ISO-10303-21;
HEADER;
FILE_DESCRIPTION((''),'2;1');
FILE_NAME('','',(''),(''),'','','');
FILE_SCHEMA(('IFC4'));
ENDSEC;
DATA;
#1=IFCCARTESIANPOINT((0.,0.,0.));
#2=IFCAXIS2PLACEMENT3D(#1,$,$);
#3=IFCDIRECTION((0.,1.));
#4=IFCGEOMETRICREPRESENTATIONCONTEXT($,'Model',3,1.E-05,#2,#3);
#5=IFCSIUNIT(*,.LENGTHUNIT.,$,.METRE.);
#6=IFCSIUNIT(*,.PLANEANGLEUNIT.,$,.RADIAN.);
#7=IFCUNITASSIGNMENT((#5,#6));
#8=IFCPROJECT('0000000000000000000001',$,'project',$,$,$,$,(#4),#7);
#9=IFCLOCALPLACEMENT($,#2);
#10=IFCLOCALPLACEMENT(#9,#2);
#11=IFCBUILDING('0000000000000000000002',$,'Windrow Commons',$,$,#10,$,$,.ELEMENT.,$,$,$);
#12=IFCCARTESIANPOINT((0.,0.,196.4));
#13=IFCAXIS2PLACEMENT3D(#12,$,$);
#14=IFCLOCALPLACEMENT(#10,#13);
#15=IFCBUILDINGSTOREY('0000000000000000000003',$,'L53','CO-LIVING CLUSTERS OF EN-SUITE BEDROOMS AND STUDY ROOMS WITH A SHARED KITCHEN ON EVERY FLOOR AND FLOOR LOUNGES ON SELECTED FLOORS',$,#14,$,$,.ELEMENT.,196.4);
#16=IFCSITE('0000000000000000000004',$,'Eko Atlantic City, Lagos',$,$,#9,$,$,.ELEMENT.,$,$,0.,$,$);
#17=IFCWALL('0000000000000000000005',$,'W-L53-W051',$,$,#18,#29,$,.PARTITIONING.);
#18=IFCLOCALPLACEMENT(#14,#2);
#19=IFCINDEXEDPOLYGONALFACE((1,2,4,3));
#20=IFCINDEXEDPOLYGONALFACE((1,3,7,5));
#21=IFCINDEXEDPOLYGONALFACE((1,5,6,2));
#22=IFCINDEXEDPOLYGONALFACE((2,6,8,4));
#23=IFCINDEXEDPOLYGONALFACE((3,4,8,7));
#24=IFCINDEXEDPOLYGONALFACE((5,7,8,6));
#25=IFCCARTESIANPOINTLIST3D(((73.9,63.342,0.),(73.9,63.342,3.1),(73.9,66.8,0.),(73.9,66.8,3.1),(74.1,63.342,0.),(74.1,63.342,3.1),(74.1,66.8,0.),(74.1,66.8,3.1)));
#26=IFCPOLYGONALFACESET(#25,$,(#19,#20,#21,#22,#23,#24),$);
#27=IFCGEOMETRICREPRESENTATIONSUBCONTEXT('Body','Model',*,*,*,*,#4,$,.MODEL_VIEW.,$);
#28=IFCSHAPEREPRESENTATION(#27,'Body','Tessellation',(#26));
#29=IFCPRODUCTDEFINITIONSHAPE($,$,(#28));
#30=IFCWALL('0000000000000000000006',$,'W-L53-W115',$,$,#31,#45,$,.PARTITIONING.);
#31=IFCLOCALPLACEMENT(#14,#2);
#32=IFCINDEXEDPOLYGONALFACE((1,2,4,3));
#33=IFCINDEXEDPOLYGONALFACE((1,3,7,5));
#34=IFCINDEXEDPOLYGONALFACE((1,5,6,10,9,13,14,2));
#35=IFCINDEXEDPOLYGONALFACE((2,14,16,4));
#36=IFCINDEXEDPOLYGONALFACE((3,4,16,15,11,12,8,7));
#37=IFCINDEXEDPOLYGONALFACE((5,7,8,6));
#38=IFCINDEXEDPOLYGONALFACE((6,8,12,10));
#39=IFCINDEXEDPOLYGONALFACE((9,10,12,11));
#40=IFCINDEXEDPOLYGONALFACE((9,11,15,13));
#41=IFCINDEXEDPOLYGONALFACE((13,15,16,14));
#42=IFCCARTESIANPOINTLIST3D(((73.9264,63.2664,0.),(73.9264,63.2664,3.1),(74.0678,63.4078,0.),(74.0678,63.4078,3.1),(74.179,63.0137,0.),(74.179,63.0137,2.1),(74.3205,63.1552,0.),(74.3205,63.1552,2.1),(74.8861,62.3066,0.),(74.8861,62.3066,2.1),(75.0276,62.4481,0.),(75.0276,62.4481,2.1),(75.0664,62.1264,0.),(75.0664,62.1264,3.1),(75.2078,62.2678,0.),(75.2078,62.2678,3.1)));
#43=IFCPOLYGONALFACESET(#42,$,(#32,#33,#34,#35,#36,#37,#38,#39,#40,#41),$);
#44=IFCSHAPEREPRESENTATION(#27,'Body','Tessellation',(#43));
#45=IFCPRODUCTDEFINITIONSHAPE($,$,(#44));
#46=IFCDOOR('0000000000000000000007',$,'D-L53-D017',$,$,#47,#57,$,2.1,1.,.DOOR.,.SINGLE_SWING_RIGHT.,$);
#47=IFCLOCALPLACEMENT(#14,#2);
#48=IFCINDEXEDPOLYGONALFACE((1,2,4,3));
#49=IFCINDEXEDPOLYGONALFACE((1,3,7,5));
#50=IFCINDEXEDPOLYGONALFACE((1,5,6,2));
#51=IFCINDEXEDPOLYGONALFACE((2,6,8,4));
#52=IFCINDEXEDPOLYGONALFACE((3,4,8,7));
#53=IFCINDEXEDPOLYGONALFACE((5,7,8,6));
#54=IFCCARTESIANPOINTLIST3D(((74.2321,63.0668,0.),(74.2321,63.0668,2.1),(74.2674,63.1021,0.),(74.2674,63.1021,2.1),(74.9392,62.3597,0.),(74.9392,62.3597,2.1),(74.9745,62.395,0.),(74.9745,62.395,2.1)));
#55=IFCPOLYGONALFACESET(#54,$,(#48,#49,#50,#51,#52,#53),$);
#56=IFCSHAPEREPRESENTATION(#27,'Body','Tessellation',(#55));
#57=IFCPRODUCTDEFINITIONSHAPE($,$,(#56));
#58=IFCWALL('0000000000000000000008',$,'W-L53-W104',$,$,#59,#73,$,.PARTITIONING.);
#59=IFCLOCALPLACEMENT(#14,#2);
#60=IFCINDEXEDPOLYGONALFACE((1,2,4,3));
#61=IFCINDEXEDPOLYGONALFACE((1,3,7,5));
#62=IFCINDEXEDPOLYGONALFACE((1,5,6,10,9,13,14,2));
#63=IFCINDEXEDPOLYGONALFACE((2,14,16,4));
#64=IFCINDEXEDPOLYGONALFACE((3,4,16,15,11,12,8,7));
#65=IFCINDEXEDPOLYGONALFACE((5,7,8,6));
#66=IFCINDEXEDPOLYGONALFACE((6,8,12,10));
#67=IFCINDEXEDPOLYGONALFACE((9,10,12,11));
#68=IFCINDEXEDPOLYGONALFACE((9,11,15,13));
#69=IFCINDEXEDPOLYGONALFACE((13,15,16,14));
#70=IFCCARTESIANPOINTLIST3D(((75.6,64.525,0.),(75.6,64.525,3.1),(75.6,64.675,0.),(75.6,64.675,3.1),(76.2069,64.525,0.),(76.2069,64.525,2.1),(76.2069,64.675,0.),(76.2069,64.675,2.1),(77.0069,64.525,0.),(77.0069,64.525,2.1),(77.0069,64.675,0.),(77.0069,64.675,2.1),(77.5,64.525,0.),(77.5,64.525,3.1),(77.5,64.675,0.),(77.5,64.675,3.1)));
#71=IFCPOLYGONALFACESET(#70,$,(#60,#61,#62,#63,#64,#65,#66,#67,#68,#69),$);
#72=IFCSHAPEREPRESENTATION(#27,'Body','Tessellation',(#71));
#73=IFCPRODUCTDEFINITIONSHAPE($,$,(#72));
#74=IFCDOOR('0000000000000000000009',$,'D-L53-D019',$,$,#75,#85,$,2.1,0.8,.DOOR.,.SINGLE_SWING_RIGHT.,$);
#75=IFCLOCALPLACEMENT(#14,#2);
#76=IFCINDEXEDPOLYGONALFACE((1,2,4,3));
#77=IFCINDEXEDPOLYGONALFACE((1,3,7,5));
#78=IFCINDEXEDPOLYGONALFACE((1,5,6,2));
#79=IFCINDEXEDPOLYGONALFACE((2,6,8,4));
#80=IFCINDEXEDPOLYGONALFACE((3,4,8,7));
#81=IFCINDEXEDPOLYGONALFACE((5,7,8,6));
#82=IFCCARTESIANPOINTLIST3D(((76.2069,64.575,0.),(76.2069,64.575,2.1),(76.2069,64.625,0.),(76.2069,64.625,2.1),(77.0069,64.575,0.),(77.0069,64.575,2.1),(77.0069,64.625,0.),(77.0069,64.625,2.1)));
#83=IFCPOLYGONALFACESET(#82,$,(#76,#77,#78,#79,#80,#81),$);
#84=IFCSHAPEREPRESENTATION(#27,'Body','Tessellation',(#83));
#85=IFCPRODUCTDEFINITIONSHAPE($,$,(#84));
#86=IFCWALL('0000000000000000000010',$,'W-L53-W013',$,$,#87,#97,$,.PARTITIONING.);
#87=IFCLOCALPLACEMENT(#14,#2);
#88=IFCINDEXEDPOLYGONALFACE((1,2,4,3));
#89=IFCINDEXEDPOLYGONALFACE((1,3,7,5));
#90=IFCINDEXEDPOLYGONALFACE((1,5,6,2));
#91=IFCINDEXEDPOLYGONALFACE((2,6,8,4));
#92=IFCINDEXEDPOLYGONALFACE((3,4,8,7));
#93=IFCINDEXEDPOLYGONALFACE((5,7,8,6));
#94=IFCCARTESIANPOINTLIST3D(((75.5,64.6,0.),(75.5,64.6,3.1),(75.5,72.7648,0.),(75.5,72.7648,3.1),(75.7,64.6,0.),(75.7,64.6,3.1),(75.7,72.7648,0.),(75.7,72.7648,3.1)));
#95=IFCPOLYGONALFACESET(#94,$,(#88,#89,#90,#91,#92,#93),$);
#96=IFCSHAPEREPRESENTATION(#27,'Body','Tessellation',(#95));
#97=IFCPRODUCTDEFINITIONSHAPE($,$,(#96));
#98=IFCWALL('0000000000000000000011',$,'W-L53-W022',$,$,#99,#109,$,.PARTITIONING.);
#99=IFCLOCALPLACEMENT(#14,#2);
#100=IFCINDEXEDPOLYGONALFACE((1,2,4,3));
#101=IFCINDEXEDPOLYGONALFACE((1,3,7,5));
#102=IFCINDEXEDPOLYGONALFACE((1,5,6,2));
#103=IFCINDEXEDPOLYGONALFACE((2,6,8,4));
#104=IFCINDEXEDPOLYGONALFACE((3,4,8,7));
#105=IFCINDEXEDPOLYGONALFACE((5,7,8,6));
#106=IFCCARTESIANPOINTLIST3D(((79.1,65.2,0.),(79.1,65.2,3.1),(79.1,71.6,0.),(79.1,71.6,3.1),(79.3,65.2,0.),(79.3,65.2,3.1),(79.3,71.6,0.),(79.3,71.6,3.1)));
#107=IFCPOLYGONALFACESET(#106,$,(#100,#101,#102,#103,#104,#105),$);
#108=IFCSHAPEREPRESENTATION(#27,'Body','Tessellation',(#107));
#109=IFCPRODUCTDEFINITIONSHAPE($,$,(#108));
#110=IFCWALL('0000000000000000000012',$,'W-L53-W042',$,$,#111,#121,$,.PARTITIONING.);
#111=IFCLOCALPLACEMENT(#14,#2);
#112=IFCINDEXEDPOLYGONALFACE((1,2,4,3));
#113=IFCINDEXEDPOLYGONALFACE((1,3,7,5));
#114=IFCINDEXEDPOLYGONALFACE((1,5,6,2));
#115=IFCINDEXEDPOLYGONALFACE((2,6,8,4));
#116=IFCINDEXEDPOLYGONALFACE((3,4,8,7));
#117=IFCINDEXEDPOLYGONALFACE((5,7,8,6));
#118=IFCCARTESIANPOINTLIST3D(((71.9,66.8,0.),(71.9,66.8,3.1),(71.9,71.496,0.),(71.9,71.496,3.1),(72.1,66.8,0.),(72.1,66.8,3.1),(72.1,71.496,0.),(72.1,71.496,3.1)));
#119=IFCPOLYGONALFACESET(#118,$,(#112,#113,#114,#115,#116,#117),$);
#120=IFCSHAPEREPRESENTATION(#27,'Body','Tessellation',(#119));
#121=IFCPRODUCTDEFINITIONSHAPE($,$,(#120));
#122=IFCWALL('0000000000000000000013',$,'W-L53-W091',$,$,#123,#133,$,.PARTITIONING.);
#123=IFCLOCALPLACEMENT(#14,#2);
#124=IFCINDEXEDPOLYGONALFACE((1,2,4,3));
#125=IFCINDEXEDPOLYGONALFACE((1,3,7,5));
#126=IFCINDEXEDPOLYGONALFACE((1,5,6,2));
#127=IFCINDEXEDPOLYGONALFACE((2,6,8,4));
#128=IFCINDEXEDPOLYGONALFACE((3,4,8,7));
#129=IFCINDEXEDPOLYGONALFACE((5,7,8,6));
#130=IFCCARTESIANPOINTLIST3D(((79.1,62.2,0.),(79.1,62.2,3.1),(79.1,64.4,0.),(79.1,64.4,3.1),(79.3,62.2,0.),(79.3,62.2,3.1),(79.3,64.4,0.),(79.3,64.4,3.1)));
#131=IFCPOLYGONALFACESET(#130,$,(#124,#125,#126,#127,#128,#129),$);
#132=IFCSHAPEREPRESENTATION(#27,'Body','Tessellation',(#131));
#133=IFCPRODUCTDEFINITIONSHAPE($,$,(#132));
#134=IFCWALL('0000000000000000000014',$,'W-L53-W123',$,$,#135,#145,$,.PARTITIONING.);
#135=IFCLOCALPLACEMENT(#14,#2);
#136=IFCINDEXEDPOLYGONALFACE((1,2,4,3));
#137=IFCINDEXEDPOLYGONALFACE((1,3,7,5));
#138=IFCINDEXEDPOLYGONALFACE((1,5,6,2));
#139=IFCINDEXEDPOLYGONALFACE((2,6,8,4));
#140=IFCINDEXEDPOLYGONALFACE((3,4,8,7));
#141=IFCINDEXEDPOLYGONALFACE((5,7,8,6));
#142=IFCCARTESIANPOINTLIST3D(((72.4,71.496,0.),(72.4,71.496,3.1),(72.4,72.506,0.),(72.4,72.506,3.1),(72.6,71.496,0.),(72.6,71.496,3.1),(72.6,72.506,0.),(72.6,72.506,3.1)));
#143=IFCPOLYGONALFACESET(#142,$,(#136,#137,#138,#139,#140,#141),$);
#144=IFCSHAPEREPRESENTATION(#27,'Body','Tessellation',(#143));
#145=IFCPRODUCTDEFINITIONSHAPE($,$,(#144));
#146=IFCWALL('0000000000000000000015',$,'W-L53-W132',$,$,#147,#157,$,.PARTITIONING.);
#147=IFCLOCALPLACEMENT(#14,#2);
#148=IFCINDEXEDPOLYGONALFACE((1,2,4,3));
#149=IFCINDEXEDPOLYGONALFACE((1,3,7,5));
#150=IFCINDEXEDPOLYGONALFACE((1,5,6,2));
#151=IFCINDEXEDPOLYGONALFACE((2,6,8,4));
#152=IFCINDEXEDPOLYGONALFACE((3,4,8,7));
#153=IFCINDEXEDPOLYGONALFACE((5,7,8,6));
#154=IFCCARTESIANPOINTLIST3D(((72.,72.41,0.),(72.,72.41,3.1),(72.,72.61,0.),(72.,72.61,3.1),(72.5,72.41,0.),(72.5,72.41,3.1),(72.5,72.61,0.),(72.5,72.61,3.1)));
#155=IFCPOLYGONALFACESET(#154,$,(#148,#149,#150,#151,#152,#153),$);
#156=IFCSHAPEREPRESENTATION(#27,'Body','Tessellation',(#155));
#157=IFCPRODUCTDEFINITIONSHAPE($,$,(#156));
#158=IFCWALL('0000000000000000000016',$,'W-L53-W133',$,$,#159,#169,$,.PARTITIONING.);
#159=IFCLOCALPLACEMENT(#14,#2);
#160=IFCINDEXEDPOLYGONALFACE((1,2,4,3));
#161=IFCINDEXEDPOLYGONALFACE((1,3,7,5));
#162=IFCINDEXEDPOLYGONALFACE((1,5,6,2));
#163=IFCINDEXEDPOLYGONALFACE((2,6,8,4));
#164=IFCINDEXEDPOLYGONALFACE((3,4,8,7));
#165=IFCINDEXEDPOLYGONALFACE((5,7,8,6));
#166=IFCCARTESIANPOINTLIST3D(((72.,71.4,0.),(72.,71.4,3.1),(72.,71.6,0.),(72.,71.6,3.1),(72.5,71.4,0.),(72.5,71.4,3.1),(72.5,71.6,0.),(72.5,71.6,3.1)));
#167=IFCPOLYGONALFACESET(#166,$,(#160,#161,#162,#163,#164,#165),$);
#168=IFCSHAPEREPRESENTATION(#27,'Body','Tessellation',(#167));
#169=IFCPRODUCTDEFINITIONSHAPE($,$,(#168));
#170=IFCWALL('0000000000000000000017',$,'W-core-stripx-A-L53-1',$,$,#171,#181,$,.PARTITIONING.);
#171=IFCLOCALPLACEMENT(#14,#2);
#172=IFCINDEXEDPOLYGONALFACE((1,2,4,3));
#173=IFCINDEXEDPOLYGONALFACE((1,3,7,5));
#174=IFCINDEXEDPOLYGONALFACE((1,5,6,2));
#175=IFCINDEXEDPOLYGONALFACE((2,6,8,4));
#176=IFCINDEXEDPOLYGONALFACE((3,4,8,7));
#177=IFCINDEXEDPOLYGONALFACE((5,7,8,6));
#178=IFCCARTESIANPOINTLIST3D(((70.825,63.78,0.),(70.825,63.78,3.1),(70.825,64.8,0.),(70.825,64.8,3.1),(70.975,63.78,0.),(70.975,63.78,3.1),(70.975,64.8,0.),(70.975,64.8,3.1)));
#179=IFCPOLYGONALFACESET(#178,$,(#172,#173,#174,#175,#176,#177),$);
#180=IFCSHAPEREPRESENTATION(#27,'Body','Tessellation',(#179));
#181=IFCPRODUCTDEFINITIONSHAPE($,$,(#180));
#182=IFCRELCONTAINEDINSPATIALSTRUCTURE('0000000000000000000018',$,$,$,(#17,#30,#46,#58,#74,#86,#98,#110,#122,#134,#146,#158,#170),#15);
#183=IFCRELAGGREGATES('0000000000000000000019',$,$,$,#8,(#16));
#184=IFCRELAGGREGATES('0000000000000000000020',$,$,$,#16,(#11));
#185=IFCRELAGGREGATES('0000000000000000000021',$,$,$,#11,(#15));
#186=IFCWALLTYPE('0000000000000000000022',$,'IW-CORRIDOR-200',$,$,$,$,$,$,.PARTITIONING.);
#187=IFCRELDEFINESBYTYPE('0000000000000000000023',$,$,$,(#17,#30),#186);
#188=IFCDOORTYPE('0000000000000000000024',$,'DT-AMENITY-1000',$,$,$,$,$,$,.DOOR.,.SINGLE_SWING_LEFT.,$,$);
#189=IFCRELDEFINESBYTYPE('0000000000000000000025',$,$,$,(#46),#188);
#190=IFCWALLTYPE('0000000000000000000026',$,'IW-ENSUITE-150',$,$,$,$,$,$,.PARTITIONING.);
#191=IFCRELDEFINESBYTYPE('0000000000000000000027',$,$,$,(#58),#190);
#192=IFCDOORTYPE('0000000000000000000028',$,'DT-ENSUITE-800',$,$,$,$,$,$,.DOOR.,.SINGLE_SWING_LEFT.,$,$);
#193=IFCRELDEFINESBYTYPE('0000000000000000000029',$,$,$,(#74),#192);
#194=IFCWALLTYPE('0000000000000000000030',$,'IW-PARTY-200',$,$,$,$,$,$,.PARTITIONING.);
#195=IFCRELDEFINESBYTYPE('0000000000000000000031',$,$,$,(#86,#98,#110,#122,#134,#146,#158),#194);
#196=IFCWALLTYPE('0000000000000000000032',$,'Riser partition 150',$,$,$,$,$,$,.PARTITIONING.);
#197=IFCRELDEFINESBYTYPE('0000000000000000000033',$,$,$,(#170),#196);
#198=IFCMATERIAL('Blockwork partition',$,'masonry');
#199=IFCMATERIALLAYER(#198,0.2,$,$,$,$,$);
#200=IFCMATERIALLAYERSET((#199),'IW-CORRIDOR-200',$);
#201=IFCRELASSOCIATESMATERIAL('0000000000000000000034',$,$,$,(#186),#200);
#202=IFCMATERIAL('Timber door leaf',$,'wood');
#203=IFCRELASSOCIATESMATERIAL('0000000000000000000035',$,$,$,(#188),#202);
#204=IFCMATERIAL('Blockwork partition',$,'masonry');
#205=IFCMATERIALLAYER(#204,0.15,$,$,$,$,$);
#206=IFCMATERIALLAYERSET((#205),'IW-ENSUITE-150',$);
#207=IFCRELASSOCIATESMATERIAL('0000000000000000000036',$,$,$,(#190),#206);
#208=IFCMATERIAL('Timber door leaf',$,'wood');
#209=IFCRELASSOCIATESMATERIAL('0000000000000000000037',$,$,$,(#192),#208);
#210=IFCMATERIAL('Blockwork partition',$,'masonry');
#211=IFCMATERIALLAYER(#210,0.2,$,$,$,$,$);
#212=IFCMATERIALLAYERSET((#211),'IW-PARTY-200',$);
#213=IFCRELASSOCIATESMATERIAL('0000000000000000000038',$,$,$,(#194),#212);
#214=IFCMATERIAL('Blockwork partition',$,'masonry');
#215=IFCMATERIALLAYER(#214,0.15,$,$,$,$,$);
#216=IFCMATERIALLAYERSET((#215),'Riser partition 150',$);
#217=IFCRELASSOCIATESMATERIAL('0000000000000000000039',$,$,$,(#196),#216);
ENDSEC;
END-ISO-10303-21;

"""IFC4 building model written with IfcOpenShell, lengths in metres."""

from ifc_helpers import new_model, si_unit, direction, frame, frame_2d, origin, place, context, subcontext, project, spatial, rectangle, extrude, material, layer, layer_set, type_object, element, fill, save


model = new_model("IFC4")

# Units and contexts
model_context = context("Model", 3, precision=1e-05, world=origin(), true_north=direction((0.0, 1.0)))
body_context = subcontext(model_context, "Body", "Model", "MODEL_VIEW")
ifc_project = project(units=[si_unit("LENGTHUNIT", "METRE"), si_unit("PLANEANGLEUNIT", "RADIAN")], contexts=[model_context])

# Site, building, storey
site_placement = place(None, origin())
site = spatial("IfcSite", under=ifc_project, at=site_placement, Name="Eko Atlantic City, Lagos", CompositionType="ELEMENT", RefElevation=0.0)
building_placement = place(site_placement, origin())
building = spatial("IfcBuilding", under=site, at=building_placement, Name="Windrow Commons", CompositionType="ELEMENT")
storey_placement = place(building_placement, frame((0.0, 0.0, 196.4)))
storey = spatial("IfcBuildingStorey", under=building, at=storey_placement, Name="L53", Description="CO-LIVING CLUSTERS OF EN-SUITE BEDROOMS AND STUDY ROOMS WITH A SHARED KITCHEN ON EVERY FLOOR AND FLOOR LOUNGES ON SELECTED FLOORS", CompositionType="ELEMENT", Elevation=196.4)

# Wall
ifc_material_1 = material(Name="Blockwork partition", Category="masonry")
ifc_layer_1 = layer(ifc_material_1, 0.2)
ifc_layer_set_1 = layer_set([ifc_layer_1], Name="IW-CORRIDOR-200")
wall_type_1 = type_object("IfcWallType", Name="IW-CORRIDOR-200", PredefinedType="PARTITIONING", material=ifc_layer_set_1)
wall_1_placement = place(storey_placement, frame((74.0, 63.342, 0.0), z_axis=(0.0, 0.0, 1.0), x_axis=(0.0, 1.0, 0.0)))
element("IfcWall", 1, at=wall_1_placement, inside=storey, type_object=wall_type_1, Name="W-L53-W051", PredefinedType="PARTITIONING", context=body_context, shape_type="SweptSolid", body=[
    extrude(rectangle(XDim=3.458, YDim=0.2, at=frame_2d((1.729, 0.0))), origin(), (0.0, 0.0, 1.0), 3.1),
])

# Walls, openings, doors
wall_2_placement = place(storey_placement, frame((73.9971, 63.3371, 0.0), z_axis=(0.0, 0.0, 1.0), x_axis=(0.707107, -0.707107, 0.0)))
wall_2 = element("IfcWall", 2, at=wall_2_placement, inside=storey, type_object=wall_type_1, Name="W-L53-W115", PredefinedType="PARTITIONING", context=body_context, shape_type="SweptSolid", body=[
    extrude(rectangle(XDim=1.6122, YDim=0.2, at=frame_2d((0.8061, 0.0))), origin(), (0.0, 0.0, 1.0), 3.1),
])
opening_1_placement = place(wall_2_placement, frame((0.3573, 0.0, 0.0)))
opening_1 = element("IfcOpeningElement", 3, at=opening_1_placement, cuts=wall_2, PredefinedType="OPENING", context=body_context, shape_type="SweptSolid", body=[
    extrude(rectangle(XDim=1.0, YDim=2.1, at=frame_2d((0.5, 1.05))), frame((0.0, 0.11, 0.0), z_axis=(0.0, -1.0, 0.0), x_axis=(1.0, 0.0, 0.0)), (0.0, 0.0, 1.0), 0.22),
])
ifc_material_2 = material(Name="Timber door leaf", Category="wood")
door_type_1 = type_object("IfcDoorType", Name="DT-AMENITY-1000", OperationType="SINGLE_SWING_LEFT", PredefinedType="DOOR", material=ifc_material_2)
door_1_placement = place(opening_1_placement, origin())
door_1 = element("IfcDoor", 4, at=door_1_placement, inside=storey, type_object=door_type_1, Name="D-L53-D017", OperationType="SINGLE_SWING_RIGHT", OverallHeight=2.1, OverallWidth=1.0, PredefinedType="DOOR", context=body_context, shape_type="SweptSolid", body=[
    extrude(rectangle(XDim=1.0, YDim=2.1, at=frame_2d((0.5, 1.05))), frame((0.0, 0.025, 0.0), z_axis=(0.0, -1.0, 0.0), x_axis=(1.0, 0.0, 0.0)), (0.0, 0.0, 1.0), 0.05),
])
fill(opening_1, door_1)
ifc_material_3 = material(Name="Blockwork partition", Category="masonry")
ifc_layer_2 = layer(ifc_material_3, 0.15)
ifc_layer_set_2 = layer_set([ifc_layer_2], Name="IW-ENSUITE-150")
wall_type_2 = type_object("IfcWallType", Name="IW-ENSUITE-150", PredefinedType="PARTITIONING", material=ifc_layer_set_2)
wall_3_placement = place(storey_placement, frame((75.6, 64.6, 0.0), z_axis=(0.0, 0.0, 1.0), x_axis=(1.0, 0.0, 0.0)))
wall_3 = element("IfcWall", 5, at=wall_3_placement, inside=storey, type_object=wall_type_2, Name="W-L53-W104", PredefinedType="PARTITIONING", context=body_context, shape_type="SweptSolid", body=[
    extrude(rectangle(XDim=1.9, YDim=0.15, at=frame_2d((0.95, 0.0))), origin(), (0.0, 0.0, 1.0), 3.1),
])
opening_2_placement = place(wall_3_placement, frame((0.6069, 0.0, 0.0)))
opening_2 = element("IfcOpeningElement", 6, at=opening_2_placement, cuts=wall_3, PredefinedType="OPENING", context=body_context, shape_type="SweptSolid", body=[
    extrude(rectangle(XDim=0.8, YDim=2.1, at=frame_2d((0.4, 1.05))), frame((0.0, 0.085, 0.0), z_axis=(0.0, -1.0, 0.0), x_axis=(1.0, 0.0, 0.0)), (0.0, 0.0, 1.0), 0.17),
])
ifc_material_4 = material(Name="Timber door leaf", Category="wood")
door_type_2 = type_object("IfcDoorType", Name="DT-ENSUITE-800", OperationType="SINGLE_SWING_LEFT", PredefinedType="DOOR", material=ifc_material_4)
door_2_placement = place(opening_2_placement, origin())
door_2 = element("IfcDoor", 7, at=door_2_placement, inside=storey, type_object=door_type_2, Name="D-L53-D019", OperationType="SINGLE_SWING_RIGHT", OverallHeight=2.1, OverallWidth=0.8, PredefinedType="DOOR", context=body_context, shape_type="SweptSolid", body=[
    extrude(rectangle(XDim=0.8, YDim=2.1, at=frame_2d((0.4, 1.05))), frame((0.0, 0.025, 0.0), z_axis=(0.0, -1.0, 0.0), x_axis=(1.0, 0.0, 0.0)), (0.0, 0.0, 1.0), 0.05),
])
fill(opening_2, door_2)

# Walls
ifc_material_5 = material(Name="Blockwork partition", Category="masonry")
ifc_layer_3 = layer(ifc_material_5, 0.2)
ifc_layer_set_3 = layer_set([ifc_layer_3], Name="IW-PARTY-200")
wall_type_3 = type_object("IfcWallType", Name="IW-PARTY-200", PredefinedType="PARTITIONING", material=ifc_layer_set_3)
wall_4_placement = place(storey_placement, frame((75.6, 64.6, 0.0), z_axis=(0.0, 0.0, 1.0), x_axis=(0.0, 1.0, 0.0)))
element("IfcWall", 8, at=wall_4_placement, inside=storey, type_object=wall_type_3, Name="W-L53-W013", PredefinedType="PARTITIONING", context=body_context, shape_type="SweptSolid", body=[
    extrude(rectangle(XDim=8.1648, YDim=0.2, at=frame_2d((4.0824, 0.0))), origin(), (0.0, 0.0, 1.0), 3.1),
])
wall_5_placement = place(storey_placement, frame((79.2, 65.2, 0.0), z_axis=(0.0, 0.0, 1.0), x_axis=(0.0, 1.0, 0.0)))
element("IfcWall", 9, at=wall_5_placement, inside=storey, type_object=wall_type_3, Name="W-L53-W022", PredefinedType="PARTITIONING", context=body_context, shape_type="SweptSolid", body=[
    extrude(rectangle(XDim=6.4, YDim=0.2, at=frame_2d((3.2, 0.0))), origin(), (0.0, 0.0, 1.0), 3.1),
])
wall_6_placement = place(storey_placement, frame((72.0, 66.8, 0.0), z_axis=(0.0, 0.0, 1.0), x_axis=(0.0, 1.0, 0.0)))
element("IfcWall", 10, at=wall_6_placement, inside=storey, type_object=wall_type_3, Name="W-L53-W042", PredefinedType="PARTITIONING", context=body_context, shape_type="SweptSolid", body=[
    extrude(rectangle(XDim=4.696, YDim=0.2, at=frame_2d((2.348, 0.0))), origin(), (0.0, 0.0, 1.0), 3.1),
])
wall_7_placement = place(storey_placement, frame((79.2, 62.2, 0.0), z_axis=(0.0, 0.0, 1.0), x_axis=(0.0, 1.0, 0.0)))
element("IfcWall", 11, at=wall_7_placement, inside=storey, type_object=wall_type_3, Name="W-L53-W091", PredefinedType="PARTITIONING", context=body_context, shape_type="SweptSolid", body=[
    extrude(rectangle(XDim=2.2, YDim=0.2, at=frame_2d((1.1, 0.0))), origin(), (0.0, 0.0, 1.0), 3.1),
])
wall_8_placement = place(storey_placement, frame((72.5, 71.496, 0.0), z_axis=(0.0, 0.0, 1.0), x_axis=(0.0, 1.0, 0.0)))
element("IfcWall", 12, at=wall_8_placement, inside=storey, type_object=wall_type_3, Name="W-L53-W123", PredefinedType="PARTITIONING", context=body_context, shape_type="SweptSolid", body=[
    extrude(rectangle(XDim=1.01, YDim=0.2, at=frame_2d((0.505, 0.0))), origin(), (0.0, 0.0, 1.0), 3.1),
])
for number, where, z_axis, x_axis, name in (
    (13, (72.0, 72.51, 0.0), (0.0, 0.0, 1.0), (1.0, 0.0, 0.0), "W-L53-W132"),
    (14, (72.0, 71.5, 0.0), (0.0, 0.0, 1.0), (1.0, 0.0, 0.0), "W-L53-W133"),
):
    element("IfcWall", number, at=place(storey_placement, frame(where, z_axis=z_axis, x_axis=x_axis)), inside=storey, type_object=wall_type_3, Name=name, PredefinedType="PARTITIONING", context=body_context, shape_type="SweptSolid", body=[
        extrude(rectangle(XDim=0.5, YDim=0.2, at=frame_2d((0.25, 0.0))), origin(), (0.0, 0.0, 1.0), 3.1),
    ])
ifc_material_6 = material(Name="Blockwork partition", Category="masonry")
ifc_layer_4 = layer(ifc_material_6, 0.15)
ifc_layer_set_4 = layer_set([ifc_layer_4], Name="Riser partition 150")
wall_type_4 = type_object("IfcWallType", Name="Riser partition 150", PredefinedType="PARTITIONING", material=ifc_layer_set_4)
wall_9_placement = place(storey_placement, frame((70.9, 63.78, 0.0), z_axis=(0.0, 0.0, 1.0), x_axis=(0.0, 1.0, 0.0)))
element("IfcWall", 15, at=wall_9_placement, inside=storey, type_object=wall_type_4, Name="W-core-stripx-A-L53-1", PredefinedType="PARTITIONING", context=body_context, shape_type="SweptSolid", body=[
    extrude(rectangle(XDim=1.02, YDim=0.15, at=frame_2d((0.51, 0.0))), origin(), (0.0, 0.0, 1.0), 3.1),
])

save(model, "model.ifc")
